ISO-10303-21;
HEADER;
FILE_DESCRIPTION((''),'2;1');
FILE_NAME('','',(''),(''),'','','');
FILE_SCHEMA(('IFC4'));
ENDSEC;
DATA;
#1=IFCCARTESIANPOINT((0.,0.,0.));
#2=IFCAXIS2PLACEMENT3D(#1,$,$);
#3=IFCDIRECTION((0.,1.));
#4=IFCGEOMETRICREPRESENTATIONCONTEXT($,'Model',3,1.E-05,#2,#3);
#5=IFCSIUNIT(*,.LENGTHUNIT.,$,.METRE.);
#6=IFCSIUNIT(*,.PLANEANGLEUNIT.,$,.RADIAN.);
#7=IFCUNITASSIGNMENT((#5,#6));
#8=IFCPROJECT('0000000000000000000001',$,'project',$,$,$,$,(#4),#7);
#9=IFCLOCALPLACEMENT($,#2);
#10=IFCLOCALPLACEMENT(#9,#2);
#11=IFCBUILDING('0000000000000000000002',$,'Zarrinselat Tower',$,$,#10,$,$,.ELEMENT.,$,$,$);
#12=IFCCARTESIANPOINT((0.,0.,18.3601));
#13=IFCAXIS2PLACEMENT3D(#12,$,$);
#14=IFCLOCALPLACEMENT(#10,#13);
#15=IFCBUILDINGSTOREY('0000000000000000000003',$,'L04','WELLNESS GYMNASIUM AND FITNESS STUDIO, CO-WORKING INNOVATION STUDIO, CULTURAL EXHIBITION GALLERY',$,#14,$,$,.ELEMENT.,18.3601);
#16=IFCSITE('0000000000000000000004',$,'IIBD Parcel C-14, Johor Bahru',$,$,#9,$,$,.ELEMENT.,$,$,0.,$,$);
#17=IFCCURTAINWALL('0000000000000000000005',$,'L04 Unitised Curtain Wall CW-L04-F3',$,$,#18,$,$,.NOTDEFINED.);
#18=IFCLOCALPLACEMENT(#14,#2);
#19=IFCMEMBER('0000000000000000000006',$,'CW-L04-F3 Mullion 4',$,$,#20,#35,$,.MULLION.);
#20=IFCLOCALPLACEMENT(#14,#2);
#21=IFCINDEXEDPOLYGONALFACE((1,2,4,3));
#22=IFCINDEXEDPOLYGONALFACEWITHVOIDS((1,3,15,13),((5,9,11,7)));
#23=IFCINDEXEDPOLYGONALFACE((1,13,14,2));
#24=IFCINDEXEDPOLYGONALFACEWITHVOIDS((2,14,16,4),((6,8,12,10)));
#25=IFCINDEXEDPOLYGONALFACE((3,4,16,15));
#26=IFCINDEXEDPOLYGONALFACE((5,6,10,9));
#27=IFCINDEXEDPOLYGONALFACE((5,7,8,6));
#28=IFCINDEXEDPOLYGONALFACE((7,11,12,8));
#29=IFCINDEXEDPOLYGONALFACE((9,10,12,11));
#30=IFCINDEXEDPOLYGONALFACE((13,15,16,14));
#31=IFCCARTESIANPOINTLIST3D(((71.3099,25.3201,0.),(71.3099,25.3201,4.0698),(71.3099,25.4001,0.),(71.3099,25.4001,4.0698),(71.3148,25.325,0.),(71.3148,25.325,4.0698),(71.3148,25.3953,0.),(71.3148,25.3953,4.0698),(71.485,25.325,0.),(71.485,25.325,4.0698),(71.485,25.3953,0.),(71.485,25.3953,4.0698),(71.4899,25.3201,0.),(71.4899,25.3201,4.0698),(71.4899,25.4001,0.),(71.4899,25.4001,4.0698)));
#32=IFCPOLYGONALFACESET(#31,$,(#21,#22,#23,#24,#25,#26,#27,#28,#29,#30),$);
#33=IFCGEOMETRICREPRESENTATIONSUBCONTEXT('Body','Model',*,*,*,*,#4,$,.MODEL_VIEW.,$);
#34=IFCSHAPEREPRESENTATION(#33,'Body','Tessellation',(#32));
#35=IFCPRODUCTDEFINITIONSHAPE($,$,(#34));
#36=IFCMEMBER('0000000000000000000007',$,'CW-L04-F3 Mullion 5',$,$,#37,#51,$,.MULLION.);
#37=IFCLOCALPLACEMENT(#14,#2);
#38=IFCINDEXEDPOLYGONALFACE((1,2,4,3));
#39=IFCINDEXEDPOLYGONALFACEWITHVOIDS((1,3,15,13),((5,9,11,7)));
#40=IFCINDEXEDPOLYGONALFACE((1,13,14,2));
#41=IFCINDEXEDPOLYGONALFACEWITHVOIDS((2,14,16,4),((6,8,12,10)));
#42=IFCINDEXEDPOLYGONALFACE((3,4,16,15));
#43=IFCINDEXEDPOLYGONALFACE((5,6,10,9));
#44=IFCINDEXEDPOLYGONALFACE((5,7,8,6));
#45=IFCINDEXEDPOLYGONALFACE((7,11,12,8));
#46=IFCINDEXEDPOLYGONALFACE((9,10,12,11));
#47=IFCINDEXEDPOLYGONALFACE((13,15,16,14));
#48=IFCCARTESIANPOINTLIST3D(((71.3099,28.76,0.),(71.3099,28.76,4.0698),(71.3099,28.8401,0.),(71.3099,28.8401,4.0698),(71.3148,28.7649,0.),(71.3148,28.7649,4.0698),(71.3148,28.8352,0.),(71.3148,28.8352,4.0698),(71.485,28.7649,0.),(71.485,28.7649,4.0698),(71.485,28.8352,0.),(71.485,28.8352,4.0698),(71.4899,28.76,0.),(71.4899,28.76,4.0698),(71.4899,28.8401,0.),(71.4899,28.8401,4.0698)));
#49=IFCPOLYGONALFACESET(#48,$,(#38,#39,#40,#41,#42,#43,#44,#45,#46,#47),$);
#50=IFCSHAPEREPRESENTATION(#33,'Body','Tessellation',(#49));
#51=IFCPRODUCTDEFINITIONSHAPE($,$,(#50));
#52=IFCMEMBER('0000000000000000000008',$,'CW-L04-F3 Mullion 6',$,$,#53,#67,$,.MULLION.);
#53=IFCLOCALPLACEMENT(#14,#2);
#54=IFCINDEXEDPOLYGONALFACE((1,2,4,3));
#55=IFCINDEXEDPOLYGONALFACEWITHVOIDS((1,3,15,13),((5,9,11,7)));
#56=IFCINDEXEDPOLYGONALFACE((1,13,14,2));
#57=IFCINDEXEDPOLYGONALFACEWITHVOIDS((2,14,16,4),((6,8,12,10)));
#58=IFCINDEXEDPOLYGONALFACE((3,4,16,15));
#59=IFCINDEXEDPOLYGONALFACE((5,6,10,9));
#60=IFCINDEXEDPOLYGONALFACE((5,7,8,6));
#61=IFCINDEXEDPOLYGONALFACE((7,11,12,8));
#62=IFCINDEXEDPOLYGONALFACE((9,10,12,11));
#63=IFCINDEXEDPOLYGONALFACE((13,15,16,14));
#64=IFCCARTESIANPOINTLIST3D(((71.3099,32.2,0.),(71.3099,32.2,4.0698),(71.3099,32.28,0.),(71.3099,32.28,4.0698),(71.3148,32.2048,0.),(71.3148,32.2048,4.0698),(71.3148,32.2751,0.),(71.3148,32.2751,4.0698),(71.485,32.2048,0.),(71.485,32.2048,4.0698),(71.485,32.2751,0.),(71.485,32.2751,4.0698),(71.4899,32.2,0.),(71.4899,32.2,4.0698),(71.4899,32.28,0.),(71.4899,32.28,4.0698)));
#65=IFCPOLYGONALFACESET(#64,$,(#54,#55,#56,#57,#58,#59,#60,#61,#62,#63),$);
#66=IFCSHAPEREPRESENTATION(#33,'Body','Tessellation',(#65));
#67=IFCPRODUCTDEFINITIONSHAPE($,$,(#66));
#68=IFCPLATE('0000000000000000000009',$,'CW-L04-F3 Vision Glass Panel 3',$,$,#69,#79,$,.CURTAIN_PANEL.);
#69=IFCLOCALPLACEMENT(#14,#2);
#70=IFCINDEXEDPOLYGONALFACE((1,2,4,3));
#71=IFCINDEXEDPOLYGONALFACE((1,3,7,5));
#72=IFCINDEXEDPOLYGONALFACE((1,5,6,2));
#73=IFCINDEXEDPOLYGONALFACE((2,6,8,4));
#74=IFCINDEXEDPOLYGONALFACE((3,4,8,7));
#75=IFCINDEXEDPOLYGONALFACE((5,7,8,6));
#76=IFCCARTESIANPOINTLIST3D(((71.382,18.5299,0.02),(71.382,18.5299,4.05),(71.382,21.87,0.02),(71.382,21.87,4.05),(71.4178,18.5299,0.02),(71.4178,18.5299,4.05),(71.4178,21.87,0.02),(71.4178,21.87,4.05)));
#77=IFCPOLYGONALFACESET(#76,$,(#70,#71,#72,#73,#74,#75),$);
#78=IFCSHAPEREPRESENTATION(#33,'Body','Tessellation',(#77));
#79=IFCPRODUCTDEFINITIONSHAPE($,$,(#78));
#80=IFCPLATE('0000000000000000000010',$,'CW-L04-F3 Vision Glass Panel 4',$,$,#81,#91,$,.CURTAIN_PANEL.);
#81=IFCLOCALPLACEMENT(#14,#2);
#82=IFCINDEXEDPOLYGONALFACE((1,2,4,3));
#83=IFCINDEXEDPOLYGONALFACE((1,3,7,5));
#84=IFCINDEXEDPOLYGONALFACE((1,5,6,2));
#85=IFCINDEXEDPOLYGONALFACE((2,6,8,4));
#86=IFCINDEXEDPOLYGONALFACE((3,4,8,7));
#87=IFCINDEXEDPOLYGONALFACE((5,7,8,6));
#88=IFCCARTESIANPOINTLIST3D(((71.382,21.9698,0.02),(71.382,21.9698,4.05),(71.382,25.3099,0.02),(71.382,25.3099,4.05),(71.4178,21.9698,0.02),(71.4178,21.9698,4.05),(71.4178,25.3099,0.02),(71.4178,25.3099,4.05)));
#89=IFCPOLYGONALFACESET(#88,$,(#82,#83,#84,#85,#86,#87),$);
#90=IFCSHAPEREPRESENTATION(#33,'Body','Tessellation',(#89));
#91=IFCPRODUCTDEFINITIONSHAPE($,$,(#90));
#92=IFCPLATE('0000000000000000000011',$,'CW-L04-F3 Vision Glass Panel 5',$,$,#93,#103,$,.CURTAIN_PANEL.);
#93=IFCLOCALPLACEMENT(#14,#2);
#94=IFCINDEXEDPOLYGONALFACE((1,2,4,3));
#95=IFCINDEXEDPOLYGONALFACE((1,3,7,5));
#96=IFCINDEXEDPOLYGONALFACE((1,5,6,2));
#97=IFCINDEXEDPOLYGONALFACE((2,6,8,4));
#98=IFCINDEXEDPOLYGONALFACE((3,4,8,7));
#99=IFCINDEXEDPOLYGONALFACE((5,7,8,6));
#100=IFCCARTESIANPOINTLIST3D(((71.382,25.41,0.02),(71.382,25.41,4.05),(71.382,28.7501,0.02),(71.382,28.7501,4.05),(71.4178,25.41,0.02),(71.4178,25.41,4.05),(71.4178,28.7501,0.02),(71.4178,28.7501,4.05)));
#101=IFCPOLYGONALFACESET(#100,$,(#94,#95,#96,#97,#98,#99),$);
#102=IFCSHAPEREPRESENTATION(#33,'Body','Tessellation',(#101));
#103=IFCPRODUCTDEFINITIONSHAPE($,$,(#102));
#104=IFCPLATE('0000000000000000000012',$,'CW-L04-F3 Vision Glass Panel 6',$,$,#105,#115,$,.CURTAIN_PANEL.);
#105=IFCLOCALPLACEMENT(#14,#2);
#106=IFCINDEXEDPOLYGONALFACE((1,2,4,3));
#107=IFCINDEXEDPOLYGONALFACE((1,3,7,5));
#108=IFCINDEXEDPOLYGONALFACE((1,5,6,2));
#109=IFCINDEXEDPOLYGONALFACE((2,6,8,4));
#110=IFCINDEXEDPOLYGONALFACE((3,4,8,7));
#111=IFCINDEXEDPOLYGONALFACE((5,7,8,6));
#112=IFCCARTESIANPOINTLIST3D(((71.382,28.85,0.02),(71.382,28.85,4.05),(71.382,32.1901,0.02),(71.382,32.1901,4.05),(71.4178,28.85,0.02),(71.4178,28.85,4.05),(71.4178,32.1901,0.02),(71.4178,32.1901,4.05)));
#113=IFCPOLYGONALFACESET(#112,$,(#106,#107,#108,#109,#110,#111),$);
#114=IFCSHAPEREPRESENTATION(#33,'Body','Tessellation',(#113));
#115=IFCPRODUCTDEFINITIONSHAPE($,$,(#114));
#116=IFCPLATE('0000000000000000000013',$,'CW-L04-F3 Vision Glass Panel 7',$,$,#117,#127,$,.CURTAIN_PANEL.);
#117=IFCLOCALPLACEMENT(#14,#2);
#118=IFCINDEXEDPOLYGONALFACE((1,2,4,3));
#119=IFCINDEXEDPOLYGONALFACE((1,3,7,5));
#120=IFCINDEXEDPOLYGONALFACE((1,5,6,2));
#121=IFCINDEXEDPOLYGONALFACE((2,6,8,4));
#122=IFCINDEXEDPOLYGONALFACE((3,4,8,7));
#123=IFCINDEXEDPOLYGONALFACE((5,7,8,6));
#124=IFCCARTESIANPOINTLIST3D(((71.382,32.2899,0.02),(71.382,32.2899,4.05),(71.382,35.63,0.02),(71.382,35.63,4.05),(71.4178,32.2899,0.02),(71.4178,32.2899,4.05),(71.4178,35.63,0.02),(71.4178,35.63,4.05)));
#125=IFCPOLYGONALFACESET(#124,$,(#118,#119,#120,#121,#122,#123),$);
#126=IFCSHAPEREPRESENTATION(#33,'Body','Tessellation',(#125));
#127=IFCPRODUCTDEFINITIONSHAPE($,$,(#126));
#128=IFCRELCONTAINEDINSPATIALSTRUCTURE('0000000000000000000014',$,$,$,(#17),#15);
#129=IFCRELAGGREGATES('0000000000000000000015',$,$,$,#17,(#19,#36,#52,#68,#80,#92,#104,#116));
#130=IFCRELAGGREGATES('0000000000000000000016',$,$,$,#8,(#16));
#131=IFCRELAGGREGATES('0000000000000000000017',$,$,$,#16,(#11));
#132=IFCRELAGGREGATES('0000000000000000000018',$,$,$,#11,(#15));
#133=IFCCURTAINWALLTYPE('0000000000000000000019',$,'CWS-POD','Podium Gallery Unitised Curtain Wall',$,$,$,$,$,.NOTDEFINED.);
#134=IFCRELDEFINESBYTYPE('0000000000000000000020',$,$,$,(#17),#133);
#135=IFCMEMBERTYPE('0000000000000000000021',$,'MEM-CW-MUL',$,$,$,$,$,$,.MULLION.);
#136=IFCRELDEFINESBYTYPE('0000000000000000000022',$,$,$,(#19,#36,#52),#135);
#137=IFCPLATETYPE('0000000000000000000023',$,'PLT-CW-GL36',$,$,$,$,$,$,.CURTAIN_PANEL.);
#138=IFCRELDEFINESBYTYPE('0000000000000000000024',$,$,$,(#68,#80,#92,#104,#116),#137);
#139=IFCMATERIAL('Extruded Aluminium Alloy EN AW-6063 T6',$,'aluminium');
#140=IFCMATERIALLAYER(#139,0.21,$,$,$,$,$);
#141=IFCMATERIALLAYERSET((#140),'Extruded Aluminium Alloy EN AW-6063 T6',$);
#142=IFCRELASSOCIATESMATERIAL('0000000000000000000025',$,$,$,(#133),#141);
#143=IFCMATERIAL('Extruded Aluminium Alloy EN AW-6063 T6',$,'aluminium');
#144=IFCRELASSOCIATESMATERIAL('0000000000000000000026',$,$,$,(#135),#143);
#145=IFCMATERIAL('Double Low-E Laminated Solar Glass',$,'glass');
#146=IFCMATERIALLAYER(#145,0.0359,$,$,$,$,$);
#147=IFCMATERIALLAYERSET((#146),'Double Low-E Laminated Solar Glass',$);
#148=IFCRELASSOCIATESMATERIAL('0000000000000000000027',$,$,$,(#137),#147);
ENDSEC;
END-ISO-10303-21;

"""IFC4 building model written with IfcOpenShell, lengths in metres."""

from ifc_helpers import new_model, si_unit, direction, frame, origin, origin_2d, place, context, subcontext, project, spatial, rectangle, hollow_rectangle, extrude, material, layer, layer_set, material_profile, profile_set, type_object, element, aggregate, save


model = new_model("IFC4")

# Units and contexts
model_context = context("Model", 3, precision=1e-05, world=origin(), true_north=direction((0.0, 1.0)))
body_context = subcontext(model_context, "Body", "Model", "MODEL_VIEW")
ifc_project = project(units=[si_unit("LENGTHUNIT", "METRE"), si_unit("PLANEANGLEUNIT", "RADIAN")], contexts=[model_context])

# Site, building, storey
site_placement = place(None, origin())
site = spatial("IfcSite", under=ifc_project, at=site_placement, Name="IIBD Parcel C-14, Johor Bahru", CompositionType="ELEMENT", RefElevation=0.0)
building_placement = place(site_placement, origin())
building = spatial("IfcBuilding", under=site, at=building_placement, Name="Zarrinselat Tower", CompositionType="ELEMENT")
storey_placement = place(building_placement, frame((0.0, 0.0, 18.3601)))
storey = spatial("IfcBuildingStorey", under=building, at=storey_placement, Name="L04", Description="WELLNESS GYMNASIUM AND FITNESS STUDIO, CO-WORKING INNOVATION STUDIO, CULTURAL EXHIBITION GALLERY", CompositionType="ELEMENT", Elevation=18.3601)

# Curtain wall, members, plates
ifc_material_1 = material(Name="Extruded Aluminium Alloy EN AW-6063 T6", Category="aluminium")
ifc_layer_1 = layer(ifc_material_1, 0.21)
ifc_layer_set_1 = layer_set([ifc_layer_1], Name="Extruded Aluminium Alloy EN AW-6063 T6")
curtain_wall_type = type_object("IfcCurtainWallType", Name="CWS-POD", Description="Podium Gallery Unitised Curtain Wall", PredefinedType="NOTDEFINED", material=ifc_layer_set_1)
curtain_wall_placement = place(storey_placement, origin())
curtain_wall = element("IfcCurtainWall", 1, at=curtain_wall_placement, inside=storey, type_object=curtain_wall_type, Name="L04 Unitised Curtain Wall CW-L04-F3", PredefinedType="NOTDEFINED")
ifc_material_2 = material(Name="Extruded Aluminium Alloy EN AW-6063 T6", Category="aluminium")
ifc_material_profile_1 = material_profile(ifc_material_2, hollow_rectangle(XDim=0.0801, YDim=0.1799, WallThickness=0.0049, at=origin_2d()), Name="RHS 180x80x5")
ifc_profile_set_1 = profile_set([ifc_material_profile_1], Name="Extruded Aluminium Alloy EN AW-6063 T6")
member_type = type_object("IfcMemberType", Name="MEM-CW-MUL", PredefinedType="MULLION", material=ifc_profile_set_1)
member_1_placement = place(storey_placement, frame((71.3999, 25.3601, 0.0), z_axis=(0.0, 0.0, 1.0), x_axis=(0.0, 1.0, 0.0)))
member_1 = element("IfcMember", 2, at=member_1_placement, type_object=member_type, Name="CW-L04-F3 Mullion 4", PredefinedType="MULLION", context=body_context, shape_type="SweptSolid", body=[
    extrude(hollow_rectangle(XDim=0.0801, YDim=0.1799, WallThickness=0.0049, at=origin_2d()), origin(), (0.0, 0.0, 1.0), 4.0698),
])
member_2_placement = place(storey_placement, frame((71.3999, 28.8, 0.0), z_axis=(0.0, 0.0, 1.0), x_axis=(0.0, 1.0, 0.0)))
member_2 = element("IfcMember", 3, at=member_2_placement, type_object=member_type, Name="CW-L04-F3 Mullion 5", PredefinedType="MULLION", context=body_context, shape_type="SweptSolid", body=[
    extrude(hollow_rectangle(XDim=0.0801, YDim=0.1799, WallThickness=0.0049, at=origin_2d()), origin(), (0.0, 0.0, 1.0), 4.0698),
])
member_3_placement = place(storey_placement, frame((71.3999, 32.24, 0.0), z_axis=(0.0, 0.0, 1.0), x_axis=(0.0, 1.0, 0.0)))
member_3 = element("IfcMember", 4, at=member_3_placement, type_object=member_type, Name="CW-L04-F3 Mullion 6", PredefinedType="MULLION", context=body_context, shape_type="SweptSolid", body=[
    extrude(hollow_rectangle(XDim=0.0801, YDim=0.1799, WallThickness=0.0049, at=origin_2d()), origin(), (0.0, 0.0, 1.0), 4.0698),
])
ifc_material_3 = material(Name="Double Low-E Laminated Solar Glass", Category="glass")
ifc_layer_2 = layer(ifc_material_3, 0.0359)
ifc_layer_set_2 = layer_set([ifc_layer_2], Name="Double Low-E Laminated Solar Glass")
plate_type = type_object("IfcPlateType", Name="PLT-CW-GL36", PredefinedType="CURTAIN_PANEL", material=ifc_layer_set_2)
plate_1_placement = place(storey_placement, frame((71.3999, 20.2, 0.02), z_axis=(0.0, 0.0, 1.0), x_axis=(0.0, 1.0, 0.0)))
plate_1 = element("IfcPlate", 5, at=plate_1_placement, type_object=plate_type, Name="CW-L04-F3 Vision Glass Panel 3", PredefinedType="CURTAIN_PANEL", context=body_context, shape_type="SweptSolid", body=[
    extrude(rectangle(XDim=3.3401, YDim=0.0359, at=origin_2d()), origin(), (0.0, 0.0, 1.0), 4.03),
])
plate_2_placement = place(storey_placement, frame((71.3999, 23.6399, 0.02), z_axis=(0.0, 0.0, 1.0), x_axis=(0.0, 1.0, 0.0)))
plate_2 = element("IfcPlate", 6, at=plate_2_placement, type_object=plate_type, Name="CW-L04-F3 Vision Glass Panel 4", PredefinedType="CURTAIN_PANEL", context=body_context, shape_type="SweptSolid", body=[
    extrude(rectangle(XDim=3.3401, YDim=0.0359, at=origin_2d()), origin(), (0.0, 0.0, 1.0), 4.03),
])
plate_3_placement = place(storey_placement, frame((71.3999, 27.0801, 0.02), z_axis=(0.0, 0.0, 1.0), x_axis=(0.0, 1.0, 0.0)))
plate_3 = element("IfcPlate", 7, at=plate_3_placement, type_object=plate_type, Name="CW-L04-F3 Vision Glass Panel 5", PredefinedType="CURTAIN_PANEL", context=body_context, shape_type="SweptSolid", body=[
    extrude(rectangle(XDim=3.3401, YDim=0.0359, at=origin_2d()), origin(), (0.0, 0.0, 1.0), 4.03),
])
plate_4_placement = place(storey_placement, frame((71.3999, 30.52, 0.02), z_axis=(0.0, 0.0, 1.0), x_axis=(0.0, 1.0, 0.0)))
plate_4 = element("IfcPlate", 8, at=plate_4_placement, type_object=plate_type, Name="CW-L04-F3 Vision Glass Panel 6", PredefinedType="CURTAIN_PANEL", context=body_context, shape_type="SweptSolid", body=[
    extrude(rectangle(XDim=3.3401, YDim=0.0359, at=origin_2d()), origin(), (0.0, 0.0, 1.0), 4.03),
])
plate_5_placement = place(storey_placement, frame((71.3999, 33.96, 0.02), z_axis=(0.0, 0.0, 1.0), x_axis=(0.0, 1.0, 0.0)))
plate_5 = element("IfcPlate", 9, at=plate_5_placement, type_object=plate_type, Name="CW-L04-F3 Vision Glass Panel 7", PredefinedType="CURTAIN_PANEL", context=body_context, shape_type="SweptSolid", body=[
    extrude(rectangle(XDim=3.3401, YDim=0.0359, at=origin_2d()), origin(), (0.0, 0.0, 1.0), 4.03),
])
aggregate(curtain_wall, [member_1, member_2, member_3, plate_1, plate_2, plate_3, plate_4, plate_5])

save(model, "model.ifc")
